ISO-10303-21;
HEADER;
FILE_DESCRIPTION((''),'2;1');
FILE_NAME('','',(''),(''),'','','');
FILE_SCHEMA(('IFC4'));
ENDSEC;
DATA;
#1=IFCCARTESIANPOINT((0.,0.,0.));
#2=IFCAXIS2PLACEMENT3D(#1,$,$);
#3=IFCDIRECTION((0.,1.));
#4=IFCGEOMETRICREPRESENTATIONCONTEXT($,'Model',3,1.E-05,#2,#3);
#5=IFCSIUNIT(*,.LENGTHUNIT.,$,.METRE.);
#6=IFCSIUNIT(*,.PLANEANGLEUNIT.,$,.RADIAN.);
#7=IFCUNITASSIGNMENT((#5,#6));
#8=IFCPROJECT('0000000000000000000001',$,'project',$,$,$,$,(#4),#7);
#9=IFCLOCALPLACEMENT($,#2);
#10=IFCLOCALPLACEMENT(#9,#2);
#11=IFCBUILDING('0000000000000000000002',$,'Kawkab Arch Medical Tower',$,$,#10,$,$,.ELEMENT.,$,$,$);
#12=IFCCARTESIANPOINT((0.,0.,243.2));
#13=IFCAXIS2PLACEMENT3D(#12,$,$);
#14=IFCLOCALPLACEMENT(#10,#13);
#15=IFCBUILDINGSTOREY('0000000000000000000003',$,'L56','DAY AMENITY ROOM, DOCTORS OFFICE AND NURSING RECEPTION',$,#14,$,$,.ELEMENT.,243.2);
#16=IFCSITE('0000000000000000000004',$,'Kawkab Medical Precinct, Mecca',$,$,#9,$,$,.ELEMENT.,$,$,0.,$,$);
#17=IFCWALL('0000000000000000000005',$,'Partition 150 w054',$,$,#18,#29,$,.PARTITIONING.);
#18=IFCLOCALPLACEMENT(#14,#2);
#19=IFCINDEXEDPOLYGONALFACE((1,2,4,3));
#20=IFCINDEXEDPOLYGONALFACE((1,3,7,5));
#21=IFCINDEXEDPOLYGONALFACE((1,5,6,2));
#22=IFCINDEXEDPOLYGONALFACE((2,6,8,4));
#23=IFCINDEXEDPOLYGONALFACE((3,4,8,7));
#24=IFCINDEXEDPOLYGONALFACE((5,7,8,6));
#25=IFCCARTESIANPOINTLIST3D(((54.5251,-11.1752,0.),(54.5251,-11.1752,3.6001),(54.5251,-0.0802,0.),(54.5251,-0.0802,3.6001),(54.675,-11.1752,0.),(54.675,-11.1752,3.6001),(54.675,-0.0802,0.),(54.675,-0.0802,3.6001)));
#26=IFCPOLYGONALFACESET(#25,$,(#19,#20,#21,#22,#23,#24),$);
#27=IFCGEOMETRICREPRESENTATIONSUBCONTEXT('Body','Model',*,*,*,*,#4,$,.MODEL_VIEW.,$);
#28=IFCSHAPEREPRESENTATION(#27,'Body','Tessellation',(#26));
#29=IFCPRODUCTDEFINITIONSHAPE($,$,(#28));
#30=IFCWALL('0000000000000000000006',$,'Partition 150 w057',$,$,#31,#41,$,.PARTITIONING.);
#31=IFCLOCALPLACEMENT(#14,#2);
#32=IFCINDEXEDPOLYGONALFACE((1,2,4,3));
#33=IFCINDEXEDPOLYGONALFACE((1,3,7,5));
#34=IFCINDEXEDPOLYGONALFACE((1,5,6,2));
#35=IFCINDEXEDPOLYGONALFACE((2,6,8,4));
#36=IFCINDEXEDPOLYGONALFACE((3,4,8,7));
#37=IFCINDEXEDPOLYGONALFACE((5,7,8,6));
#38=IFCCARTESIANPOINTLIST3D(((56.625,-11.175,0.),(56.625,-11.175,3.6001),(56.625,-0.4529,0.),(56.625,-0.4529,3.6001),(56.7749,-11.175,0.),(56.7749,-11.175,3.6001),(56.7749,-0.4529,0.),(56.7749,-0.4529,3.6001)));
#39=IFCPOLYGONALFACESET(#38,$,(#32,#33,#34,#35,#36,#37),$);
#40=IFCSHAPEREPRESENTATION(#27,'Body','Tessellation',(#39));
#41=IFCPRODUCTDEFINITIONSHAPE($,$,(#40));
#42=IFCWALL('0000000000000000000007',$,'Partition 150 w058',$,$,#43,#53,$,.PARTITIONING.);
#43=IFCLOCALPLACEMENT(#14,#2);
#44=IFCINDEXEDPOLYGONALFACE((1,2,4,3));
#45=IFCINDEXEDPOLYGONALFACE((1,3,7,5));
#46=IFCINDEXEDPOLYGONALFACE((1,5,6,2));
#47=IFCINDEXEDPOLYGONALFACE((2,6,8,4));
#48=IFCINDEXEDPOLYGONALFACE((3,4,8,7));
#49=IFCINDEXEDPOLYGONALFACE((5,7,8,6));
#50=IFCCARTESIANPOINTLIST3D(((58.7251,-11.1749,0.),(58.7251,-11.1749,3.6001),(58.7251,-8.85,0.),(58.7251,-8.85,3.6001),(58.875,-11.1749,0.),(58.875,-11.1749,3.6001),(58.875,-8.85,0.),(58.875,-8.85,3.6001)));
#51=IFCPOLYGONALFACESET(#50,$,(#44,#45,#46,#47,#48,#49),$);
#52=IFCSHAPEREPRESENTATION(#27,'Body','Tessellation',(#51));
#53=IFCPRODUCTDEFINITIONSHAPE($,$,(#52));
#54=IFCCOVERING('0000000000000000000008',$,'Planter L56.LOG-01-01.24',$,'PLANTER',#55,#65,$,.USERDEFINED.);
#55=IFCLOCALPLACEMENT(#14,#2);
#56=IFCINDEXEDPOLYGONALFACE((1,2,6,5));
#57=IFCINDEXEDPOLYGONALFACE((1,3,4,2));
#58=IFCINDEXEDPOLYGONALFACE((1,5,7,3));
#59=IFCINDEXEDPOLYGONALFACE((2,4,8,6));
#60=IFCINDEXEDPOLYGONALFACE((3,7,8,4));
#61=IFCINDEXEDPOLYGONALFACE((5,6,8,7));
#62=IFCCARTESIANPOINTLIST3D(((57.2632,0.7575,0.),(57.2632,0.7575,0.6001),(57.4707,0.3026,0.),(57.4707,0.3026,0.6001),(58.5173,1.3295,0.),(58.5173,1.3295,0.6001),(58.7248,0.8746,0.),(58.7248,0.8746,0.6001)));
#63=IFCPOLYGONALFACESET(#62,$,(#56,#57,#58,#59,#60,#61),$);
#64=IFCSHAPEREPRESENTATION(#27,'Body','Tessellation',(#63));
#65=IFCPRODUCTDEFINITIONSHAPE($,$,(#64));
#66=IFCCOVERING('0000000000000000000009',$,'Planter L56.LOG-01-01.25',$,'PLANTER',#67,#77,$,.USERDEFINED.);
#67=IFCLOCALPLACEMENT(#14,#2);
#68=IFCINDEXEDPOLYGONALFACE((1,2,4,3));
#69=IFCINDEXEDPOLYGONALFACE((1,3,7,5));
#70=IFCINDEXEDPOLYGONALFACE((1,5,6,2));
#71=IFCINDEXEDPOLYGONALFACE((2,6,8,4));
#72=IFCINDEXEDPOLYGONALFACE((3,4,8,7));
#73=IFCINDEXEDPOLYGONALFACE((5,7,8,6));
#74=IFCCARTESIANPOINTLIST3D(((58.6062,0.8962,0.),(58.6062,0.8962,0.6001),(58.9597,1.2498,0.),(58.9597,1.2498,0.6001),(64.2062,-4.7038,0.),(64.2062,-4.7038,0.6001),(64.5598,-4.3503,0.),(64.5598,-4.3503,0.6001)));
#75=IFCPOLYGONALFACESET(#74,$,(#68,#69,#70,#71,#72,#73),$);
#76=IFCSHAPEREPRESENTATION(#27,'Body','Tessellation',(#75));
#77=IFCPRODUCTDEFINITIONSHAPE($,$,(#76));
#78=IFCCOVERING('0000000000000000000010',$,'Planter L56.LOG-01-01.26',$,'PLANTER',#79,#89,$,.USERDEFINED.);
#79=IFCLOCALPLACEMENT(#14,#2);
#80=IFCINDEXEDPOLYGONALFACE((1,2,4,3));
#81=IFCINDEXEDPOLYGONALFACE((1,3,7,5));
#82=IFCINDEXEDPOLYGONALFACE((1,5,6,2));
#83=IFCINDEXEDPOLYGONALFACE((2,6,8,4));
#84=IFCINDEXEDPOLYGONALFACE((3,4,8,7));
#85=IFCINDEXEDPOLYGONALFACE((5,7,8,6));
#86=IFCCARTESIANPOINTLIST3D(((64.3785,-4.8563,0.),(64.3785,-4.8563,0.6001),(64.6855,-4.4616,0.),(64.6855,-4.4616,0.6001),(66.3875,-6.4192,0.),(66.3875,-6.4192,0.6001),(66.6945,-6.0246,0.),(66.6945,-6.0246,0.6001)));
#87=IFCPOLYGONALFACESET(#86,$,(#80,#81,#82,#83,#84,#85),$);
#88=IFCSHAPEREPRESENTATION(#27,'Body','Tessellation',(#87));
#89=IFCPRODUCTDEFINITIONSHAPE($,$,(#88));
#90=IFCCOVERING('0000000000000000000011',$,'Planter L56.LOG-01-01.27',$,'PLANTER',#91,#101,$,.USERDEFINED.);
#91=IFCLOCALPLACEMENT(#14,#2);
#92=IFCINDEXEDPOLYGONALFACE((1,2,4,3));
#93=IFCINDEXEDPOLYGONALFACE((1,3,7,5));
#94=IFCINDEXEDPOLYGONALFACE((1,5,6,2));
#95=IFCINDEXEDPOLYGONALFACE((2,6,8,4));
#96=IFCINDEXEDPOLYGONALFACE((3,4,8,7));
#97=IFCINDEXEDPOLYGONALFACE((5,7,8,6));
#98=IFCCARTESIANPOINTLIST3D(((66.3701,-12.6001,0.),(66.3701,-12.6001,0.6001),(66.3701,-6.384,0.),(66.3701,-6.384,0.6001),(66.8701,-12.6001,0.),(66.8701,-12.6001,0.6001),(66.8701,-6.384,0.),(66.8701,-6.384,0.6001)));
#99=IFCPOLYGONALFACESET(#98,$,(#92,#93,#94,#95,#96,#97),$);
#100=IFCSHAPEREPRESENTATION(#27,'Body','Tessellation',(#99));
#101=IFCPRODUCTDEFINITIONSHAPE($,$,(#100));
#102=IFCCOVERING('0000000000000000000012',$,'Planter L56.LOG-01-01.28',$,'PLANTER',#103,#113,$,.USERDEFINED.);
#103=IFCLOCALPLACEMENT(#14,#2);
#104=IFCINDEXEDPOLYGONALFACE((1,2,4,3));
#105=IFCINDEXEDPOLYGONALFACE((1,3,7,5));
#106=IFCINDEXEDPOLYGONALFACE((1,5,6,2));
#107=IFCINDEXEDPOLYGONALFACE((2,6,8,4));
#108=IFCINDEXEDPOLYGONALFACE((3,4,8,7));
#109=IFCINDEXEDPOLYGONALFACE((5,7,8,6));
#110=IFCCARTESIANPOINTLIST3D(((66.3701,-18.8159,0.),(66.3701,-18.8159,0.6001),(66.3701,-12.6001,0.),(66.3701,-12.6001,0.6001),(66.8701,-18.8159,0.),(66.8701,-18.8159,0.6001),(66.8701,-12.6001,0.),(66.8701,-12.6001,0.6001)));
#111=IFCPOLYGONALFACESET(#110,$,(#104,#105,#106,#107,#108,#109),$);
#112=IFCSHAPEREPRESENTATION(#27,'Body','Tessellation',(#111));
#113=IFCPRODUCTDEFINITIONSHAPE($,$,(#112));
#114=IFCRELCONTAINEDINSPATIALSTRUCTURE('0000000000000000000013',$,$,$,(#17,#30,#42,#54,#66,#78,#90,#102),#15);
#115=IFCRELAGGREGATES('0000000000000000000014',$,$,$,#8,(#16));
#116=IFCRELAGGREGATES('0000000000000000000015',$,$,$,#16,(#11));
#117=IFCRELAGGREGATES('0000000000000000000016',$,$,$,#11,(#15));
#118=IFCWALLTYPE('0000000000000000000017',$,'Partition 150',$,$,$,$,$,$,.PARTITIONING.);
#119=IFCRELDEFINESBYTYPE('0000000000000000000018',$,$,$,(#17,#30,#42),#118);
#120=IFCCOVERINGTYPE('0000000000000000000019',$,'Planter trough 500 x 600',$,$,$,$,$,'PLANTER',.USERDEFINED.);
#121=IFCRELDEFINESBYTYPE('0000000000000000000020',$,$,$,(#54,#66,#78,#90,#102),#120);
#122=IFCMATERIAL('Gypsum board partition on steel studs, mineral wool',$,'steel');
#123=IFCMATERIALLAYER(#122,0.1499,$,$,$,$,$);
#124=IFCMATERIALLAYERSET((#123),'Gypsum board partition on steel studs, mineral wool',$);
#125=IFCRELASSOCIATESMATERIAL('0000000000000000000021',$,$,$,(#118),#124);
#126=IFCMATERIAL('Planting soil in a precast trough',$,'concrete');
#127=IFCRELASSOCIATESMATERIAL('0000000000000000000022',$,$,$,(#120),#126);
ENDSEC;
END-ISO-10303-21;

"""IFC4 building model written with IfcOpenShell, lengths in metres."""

from ifc_helpers import new_model, si_unit, direction, frame, frame_2d, origin, origin_2d, place, context, subcontext, project, spatial, rectangle, extrude, material, layer, layer_set, material_profile, profile_set, type_object, element, save


model = new_model("IFC4")

# Units and contexts
model_context = context("Model", 3, precision=1e-05, world=origin(), true_north=direction((0.0, 1.0)))
body_context = subcontext(model_context, "Body", "Model", "MODEL_VIEW")
ifc_project = project(units=[si_unit("LENGTHUNIT", "METRE"), si_unit("PLANEANGLEUNIT", "RADIAN")], contexts=[model_context])

# Site, building, storey
site_placement = place(None, origin())
site = spatial("IfcSite", under=ifc_project, at=site_placement, Name="Kawkab Medical Precinct, Mecca", CompositionType="ELEMENT", RefElevation=0.0)
building_placement = place(site_placement, origin())
building = spatial("IfcBuilding", under=site, at=building_placement, Name="Kawkab Arch Medical Tower", CompositionType="ELEMENT")
storey_placement = place(building_placement, frame((0.0, 0.0, 243.2)))
storey = spatial("IfcBuildingStorey", under=building, at=storey_placement, Name="L56", Description="DAY AMENITY ROOM, DOCTORS OFFICE AND NURSING RECEPTION", CompositionType="ELEMENT", Elevation=243.2)

# Walls
ifc_material_1 = material(Name="Gypsum board partition on steel studs, mineral wool", Category="steel")
ifc_layer_1 = layer(ifc_material_1, 0.1499)
ifc_layer_set_1 = layer_set([ifc_layer_1], Name="Gypsum board partition on steel studs, mineral wool")
wall_type = type_object("IfcWallType", Name="Partition 150", PredefinedType="PARTITIONING", material=ifc_layer_set_1)
wall_1_placement = place(storey_placement, frame((54.6001, -11.175, 0.0), z_axis=(0.0, 0.0, 1.0), x_axis=(0.0, 1.0, 0.0)))
element("IfcWall", 1, at=wall_1_placement, inside=storey, type_object=wall_type, Name="Partition 150 w054", PredefinedType="PARTITIONING", context=body_context, shape_type="SweptSolid", body=[
    extrude(rectangle(XDim=11.095, YDim=0.1499, at=frame_2d((5.5474, 0.0))), origin(), (0.0, 0.0, 1.0), 3.6001),
])
wall_2_placement = place(storey_placement, frame((56.7, -11.175, 0.0), z_axis=(0.0, 0.0, 1.0), x_axis=(0.0, 1.0, 0.0)))
element("IfcWall", 2, at=wall_2_placement, inside=storey, type_object=wall_type, Name="Partition 150 w057", PredefinedType="PARTITIONING", context=body_context, shape_type="SweptSolid", body=[
    extrude(rectangle(XDim=10.7222, YDim=0.1499, at=frame_2d((5.3611, 0.0))), origin(), (0.0, 0.0, 1.0), 3.6001),
])
wall_3_placement = place(storey_placement, frame((58.8, -11.175, 0.0), z_axis=(0.0, 0.0, 1.0), x_axis=(0.0, 1.0, 0.0)))
element("IfcWall", 3, at=wall_3_placement, inside=storey, type_object=wall_type, Name="Partition 150 w058", PredefinedType="PARTITIONING", context=body_context, shape_type="SweptSolid", body=[
    extrude(rectangle(XDim=2.325, YDim=0.1499, at=frame_2d((1.1626, 0.0))), origin(), (0.0, 0.0, 1.0), 3.6001),
])

# Coverings
ifc_material_2 = material(Name="Planting soil in a precast trough", Category="concrete")
ifc_material_profile_1 = material_profile(ifc_material_2, rectangle(XDim=0.5, YDim=0.6001, at=origin_2d()), Name="Trough 500x600")
ifc_profile_set_1 = profile_set([ifc_material_profile_1], Name="Planting soil in a precast trough")
covering_type = type_object("IfcCoveringType", Name="Planter trough 500 x 600", ElementType="PLANTER", PredefinedType="USERDEFINED", material=ifc_profile_set_1)
covering_1_placement = place(storey_placement, frame((57.3669, 0.53, 0.3), z_axis=(0.909832, 0.414977, 0.0), x_axis=(-0.414977, 0.909832, 0.0)))
element("IfcCovering", 4, at=covering_1_placement, inside=storey, type_object=covering_type, Name="Planter L56.LOG-01-01.24", ObjectType="PLANTER", PredefinedType="USERDEFINED", context=body_context, shape_type="SweptSolid", body=[
    extrude(rectangle(XDim=0.5, YDim=0.6001, at=origin_2d()), origin(), (0.0, 0.0, 1.0), 1.3784),
])
covering_2_placement = place(storey_placement, frame((58.783, 1.073, 0.3), z_axis=(0.707107, -0.707107, 0.0), x_axis=(0.707107, 0.707107, 0.0)))
element("IfcCovering", 5, at=covering_2_placement, inside=storey, type_object=covering_type, Name="Planter L56.LOG-01-01.25", ObjectType="PLANTER", PredefinedType="USERDEFINED", context=body_context, shape_type="SweptSolid", body=[
    extrude(rectangle(XDim=0.5, YDim=0.6001, at=origin_2d()), origin(), (0.0, 0.0, 1.0), 7.9197),
])
covering_3_placement = place(storey_placement, frame((64.532, -4.6589, 0.3), z_axis=(0.789275, -0.61404, 0.0), x_axis=(0.61404, 0.789275, 0.0)))
element("IfcCovering", 6, at=covering_3_placement, inside=storey, type_object=covering_type, Name="Planter L56.LOG-01-01.26", ObjectType="PLANTER", PredefinedType="USERDEFINED", context=body_context, shape_type="SweptSolid", body=[
    extrude(rectangle(XDim=0.5, YDim=0.6001, at=origin_2d()), origin(), (0.0, 0.0, 1.0), 2.5454),
])
covering_4_placement = place(storey_placement, frame((66.6201, -6.384, 0.3), z_axis=(0.0, -1.0, 0.0), x_axis=(1.0, 0.0, 0.0)))
element("IfcCovering", 7, at=covering_4_placement, inside=storey, type_object=covering_type, Name="Planter L56.LOG-01-01.27", ObjectType="PLANTER", PredefinedType="USERDEFINED", context=body_context, shape_type="SweptSolid", body=[
    extrude(rectangle(XDim=0.5, YDim=0.6001, at=origin_2d()), origin(), (0.0, 0.0, 1.0), 6.2161),
])
covering_5_placement = place(storey_placement, frame((66.6201, -12.6001, 0.3), z_axis=(0.0, -1.0, 0.0), x_axis=(1.0, 0.0, 0.0)))
element("IfcCovering", 8, at=covering_5_placement, inside=storey, type_object=covering_type, Name="Planter L56.LOG-01-01.28", ObjectType="PLANTER", PredefinedType="USERDEFINED", context=body_context, shape_type="SweptSolid", body=[
    extrude(rectangle(XDim=0.5, YDim=0.6001, at=origin_2d()), origin(), (0.0, 0.0, 1.0), 6.2158),
])

save(model, "model.ifc")
